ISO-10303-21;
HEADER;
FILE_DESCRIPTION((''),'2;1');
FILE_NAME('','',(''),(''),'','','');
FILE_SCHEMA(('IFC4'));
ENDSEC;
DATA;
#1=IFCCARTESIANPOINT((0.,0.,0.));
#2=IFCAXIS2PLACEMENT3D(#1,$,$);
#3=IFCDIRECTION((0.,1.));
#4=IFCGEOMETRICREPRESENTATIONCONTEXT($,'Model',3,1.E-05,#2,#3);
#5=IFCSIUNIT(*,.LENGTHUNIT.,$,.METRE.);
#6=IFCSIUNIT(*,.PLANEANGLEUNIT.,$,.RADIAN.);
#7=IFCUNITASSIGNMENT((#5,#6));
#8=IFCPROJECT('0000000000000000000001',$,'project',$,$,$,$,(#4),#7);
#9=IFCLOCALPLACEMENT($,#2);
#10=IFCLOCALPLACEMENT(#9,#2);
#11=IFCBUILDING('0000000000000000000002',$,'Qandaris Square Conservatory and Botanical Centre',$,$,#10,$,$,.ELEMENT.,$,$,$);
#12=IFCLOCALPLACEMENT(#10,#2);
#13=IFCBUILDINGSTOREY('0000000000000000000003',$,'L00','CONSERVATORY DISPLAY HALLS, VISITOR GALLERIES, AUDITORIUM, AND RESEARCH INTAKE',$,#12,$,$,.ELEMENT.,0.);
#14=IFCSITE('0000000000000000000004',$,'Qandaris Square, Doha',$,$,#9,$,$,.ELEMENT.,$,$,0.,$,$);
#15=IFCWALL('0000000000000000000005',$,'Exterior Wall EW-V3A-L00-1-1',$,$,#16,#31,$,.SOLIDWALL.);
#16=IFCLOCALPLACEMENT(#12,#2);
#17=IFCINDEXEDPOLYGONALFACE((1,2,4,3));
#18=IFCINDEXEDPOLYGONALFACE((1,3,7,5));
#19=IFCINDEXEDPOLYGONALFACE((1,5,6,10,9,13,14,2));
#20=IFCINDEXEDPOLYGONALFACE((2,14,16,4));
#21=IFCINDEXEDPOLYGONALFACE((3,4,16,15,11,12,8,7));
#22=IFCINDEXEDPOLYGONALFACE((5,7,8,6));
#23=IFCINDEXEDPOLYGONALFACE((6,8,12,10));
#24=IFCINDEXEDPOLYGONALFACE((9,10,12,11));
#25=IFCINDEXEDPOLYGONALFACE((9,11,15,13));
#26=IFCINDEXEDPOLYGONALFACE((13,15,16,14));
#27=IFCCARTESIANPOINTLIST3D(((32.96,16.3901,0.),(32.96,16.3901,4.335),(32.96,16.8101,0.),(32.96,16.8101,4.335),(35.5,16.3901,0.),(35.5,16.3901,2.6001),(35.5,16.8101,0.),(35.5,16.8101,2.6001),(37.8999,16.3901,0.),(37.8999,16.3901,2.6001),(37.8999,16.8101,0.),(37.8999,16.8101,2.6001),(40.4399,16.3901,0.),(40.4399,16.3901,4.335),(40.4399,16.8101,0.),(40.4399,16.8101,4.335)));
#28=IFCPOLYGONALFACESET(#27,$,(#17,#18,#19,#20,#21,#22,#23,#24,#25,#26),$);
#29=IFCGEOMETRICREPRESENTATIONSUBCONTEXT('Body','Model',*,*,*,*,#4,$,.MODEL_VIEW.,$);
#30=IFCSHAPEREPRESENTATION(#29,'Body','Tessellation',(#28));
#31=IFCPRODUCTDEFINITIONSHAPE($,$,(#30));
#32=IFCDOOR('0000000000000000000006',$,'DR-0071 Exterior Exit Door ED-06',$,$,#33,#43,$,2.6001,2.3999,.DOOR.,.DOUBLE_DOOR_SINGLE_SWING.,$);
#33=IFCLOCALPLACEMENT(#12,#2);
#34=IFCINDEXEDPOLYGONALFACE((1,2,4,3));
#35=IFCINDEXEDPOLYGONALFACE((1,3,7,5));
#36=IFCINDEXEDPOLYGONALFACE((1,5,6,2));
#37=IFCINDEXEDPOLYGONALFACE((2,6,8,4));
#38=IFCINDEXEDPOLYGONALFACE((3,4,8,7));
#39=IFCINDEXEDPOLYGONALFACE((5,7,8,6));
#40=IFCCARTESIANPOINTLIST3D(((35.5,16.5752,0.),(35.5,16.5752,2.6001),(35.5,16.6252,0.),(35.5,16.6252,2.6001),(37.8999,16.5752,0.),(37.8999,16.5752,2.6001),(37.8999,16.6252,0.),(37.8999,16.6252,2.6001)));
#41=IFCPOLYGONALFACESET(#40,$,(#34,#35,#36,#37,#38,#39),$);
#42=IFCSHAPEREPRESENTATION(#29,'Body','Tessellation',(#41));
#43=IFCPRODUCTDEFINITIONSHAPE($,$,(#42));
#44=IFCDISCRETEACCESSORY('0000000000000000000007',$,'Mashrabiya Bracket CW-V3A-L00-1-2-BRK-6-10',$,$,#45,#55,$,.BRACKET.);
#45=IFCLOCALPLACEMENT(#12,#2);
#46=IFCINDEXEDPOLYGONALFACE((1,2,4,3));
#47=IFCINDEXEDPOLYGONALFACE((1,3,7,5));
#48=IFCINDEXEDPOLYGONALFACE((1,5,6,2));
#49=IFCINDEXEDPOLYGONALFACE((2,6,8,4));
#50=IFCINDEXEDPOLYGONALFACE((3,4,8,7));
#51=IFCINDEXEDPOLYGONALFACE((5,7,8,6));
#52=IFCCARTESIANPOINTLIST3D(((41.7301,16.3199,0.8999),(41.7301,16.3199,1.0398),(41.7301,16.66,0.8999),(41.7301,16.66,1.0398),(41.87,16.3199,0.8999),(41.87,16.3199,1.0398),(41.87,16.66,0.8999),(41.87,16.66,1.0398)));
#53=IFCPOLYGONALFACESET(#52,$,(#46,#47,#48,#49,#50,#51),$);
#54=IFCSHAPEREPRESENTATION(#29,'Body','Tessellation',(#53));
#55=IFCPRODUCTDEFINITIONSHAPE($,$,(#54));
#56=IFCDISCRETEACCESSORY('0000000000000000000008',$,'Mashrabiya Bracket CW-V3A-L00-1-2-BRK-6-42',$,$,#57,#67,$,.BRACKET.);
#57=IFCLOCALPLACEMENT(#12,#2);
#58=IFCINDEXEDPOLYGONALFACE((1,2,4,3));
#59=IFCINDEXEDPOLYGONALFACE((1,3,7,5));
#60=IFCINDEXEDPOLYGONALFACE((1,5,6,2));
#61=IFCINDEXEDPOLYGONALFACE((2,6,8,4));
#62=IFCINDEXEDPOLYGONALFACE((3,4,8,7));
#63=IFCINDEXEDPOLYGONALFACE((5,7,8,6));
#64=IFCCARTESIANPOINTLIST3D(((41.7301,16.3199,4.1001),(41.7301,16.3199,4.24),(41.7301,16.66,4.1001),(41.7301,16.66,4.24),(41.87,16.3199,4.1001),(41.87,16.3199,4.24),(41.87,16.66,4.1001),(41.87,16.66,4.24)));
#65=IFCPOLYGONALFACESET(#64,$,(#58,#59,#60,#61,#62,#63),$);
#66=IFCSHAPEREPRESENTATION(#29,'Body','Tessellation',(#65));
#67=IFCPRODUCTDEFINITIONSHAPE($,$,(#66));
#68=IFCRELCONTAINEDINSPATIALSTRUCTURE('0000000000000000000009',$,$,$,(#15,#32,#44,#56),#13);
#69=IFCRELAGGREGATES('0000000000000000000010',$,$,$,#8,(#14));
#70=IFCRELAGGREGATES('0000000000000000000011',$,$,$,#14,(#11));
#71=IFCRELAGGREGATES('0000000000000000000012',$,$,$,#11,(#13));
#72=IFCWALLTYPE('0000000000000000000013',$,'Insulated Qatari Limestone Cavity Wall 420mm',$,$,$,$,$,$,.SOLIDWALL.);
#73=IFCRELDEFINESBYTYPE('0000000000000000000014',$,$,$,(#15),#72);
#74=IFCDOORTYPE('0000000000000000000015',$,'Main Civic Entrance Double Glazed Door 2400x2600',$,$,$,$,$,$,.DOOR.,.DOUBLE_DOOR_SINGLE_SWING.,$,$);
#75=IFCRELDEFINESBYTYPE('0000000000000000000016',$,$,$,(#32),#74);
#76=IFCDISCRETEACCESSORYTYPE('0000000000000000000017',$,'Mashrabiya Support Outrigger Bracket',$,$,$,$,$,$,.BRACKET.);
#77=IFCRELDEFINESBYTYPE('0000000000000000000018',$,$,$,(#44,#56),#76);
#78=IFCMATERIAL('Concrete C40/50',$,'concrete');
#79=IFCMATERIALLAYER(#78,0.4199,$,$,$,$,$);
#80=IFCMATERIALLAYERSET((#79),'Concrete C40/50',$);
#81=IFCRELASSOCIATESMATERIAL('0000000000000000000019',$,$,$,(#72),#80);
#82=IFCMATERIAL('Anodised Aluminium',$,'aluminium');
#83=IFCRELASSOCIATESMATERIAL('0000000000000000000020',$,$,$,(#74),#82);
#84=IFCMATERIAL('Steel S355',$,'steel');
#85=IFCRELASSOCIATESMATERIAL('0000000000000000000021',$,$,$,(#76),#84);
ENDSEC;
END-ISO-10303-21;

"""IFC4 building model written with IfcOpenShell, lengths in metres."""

from ifc_helpers import new_model, si_unit, direction, frame, frame_2d, origin, origin_2d, place, context, subcontext, project, spatial, rectangle, extrude, material, layer, layer_set, type_object, element, fill, save


model = new_model("IFC4")

# Units and contexts
model_context = context("Model", 3, precision=1e-05, world=origin(), true_north=direction((0.0, 1.0)))
body_context = subcontext(model_context, "Body", "Model", "MODEL_VIEW")
ifc_project = project(units=[si_unit("LENGTHUNIT", "METRE"), si_unit("PLANEANGLEUNIT", "RADIAN")], contexts=[model_context])

# Site, building, storey
site_placement = place(None, origin())
site = spatial("IfcSite", under=ifc_project, at=site_placement, Name="Qandaris Square, Doha", CompositionType="ELEMENT", RefElevation=0.0)
building_placement = place(site_placement, origin())
building = spatial("IfcBuilding", under=site, at=building_placement, Name="Qandaris Square Conservatory and Botanical Centre", CompositionType="ELEMENT")
storey_placement = place(building_placement, origin())
storey = spatial("IfcBuildingStorey", under=building, at=storey_placement, Name="L00", Description="CONSERVATORY DISPLAY HALLS, VISITOR GALLERIES, AUDITORIUM, AND RESEARCH INTAKE", CompositionType="ELEMENT", Elevation=0.0)

# Shared definitions
ifc_material_1 = material(Name="Concrete C40/50", Category="concrete")

# Shared definitions
ifc_material_2 = material(Name="Anodised Aluminium", Category="aluminium")

# Wall, opening, door
ifc_layer_1 = layer(ifc_material_1, 0.4199)
ifc_layer_set_1 = layer_set([ifc_layer_1], Name="Concrete C40/50")
wall_type = type_object("IfcWallType", Name="Insulated Qatari Limestone Cavity Wall 420mm", PredefinedType="SOLIDWALL", material=ifc_layer_set_1)
wall_placement = place(storey_placement, frame((32.96, 16.6001, 0.0), z_axis=(0.0, 0.0, 1.0), x_axis=(1.0, 0.0, 0.0)))
wall = element("IfcWall", 1, at=wall_placement, inside=storey, type_object=wall_type, Name="Exterior Wall EW-V3A-L00-1-1", PredefinedType="SOLIDWALL", context=body_context, shape_type="SweptSolid", body=[
    extrude(rectangle(XDim=7.48, YDim=0.4199, at=frame_2d((3.74, 0.0))), origin(), (0.0, 0.0, 1.0), 4.335),
])
opening_placement = place(wall_placement, frame((2.54, 0.0, 0.0)))
opening = element("IfcOpeningElement", 2, at=opening_placement, cuts=wall, PredefinedType="OPENING", context=body_context, shape_type="SweptSolid", body=[
    extrude(rectangle(XDim=2.3999, YDim=2.6001, at=frame_2d((1.2, 1.3))), frame((0.0, 0.2219, 0.0), z_axis=(0.0, -1.0, 0.0), x_axis=(1.0, 0.0, 0.0)), (0.0, 0.0, 1.0), 0.4438),
])
door_type = type_object("IfcDoorType", Name="Main Civic Entrance Double Glazed Door 2400x2600", OperationType="DOUBLE_DOOR_SINGLE_SWING", PredefinedType="DOOR", material=ifc_material_2)
door_placement = place(opening_placement, frame((2.3999, 0.0, 0.0), z_axis=(0.0, 0.0, 1.0), x_axis=(-1.0, 0.0, 0.0)))
door = element("IfcDoor", 3, at=door_placement, inside=storey, type_object=door_type, Name="DR-0071 Exterior Exit Door ED-06", OperationType="DOUBLE_DOOR_SINGLE_SWING", OverallHeight=2.6001, OverallWidth=2.3999, PredefinedType="DOOR", context=body_context, shape_type="SweptSolid", body=[
    extrude(rectangle(XDim=2.3999, YDim=2.6001, at=frame_2d((1.2, 1.3))), frame((0.0, 0.0249, 0.0), z_axis=(0.0, -1.0, 0.0), x_axis=(1.0, 0.0, 0.0)), (0.0, 0.0, 1.0), 0.05),
])
fill(opening, door)

# Discrete accessories
ifc_material_3 = material(Name="Steel S355", Category="steel")
discrete_accessory_type = type_object("IfcDiscreteAccessoryType", Name="Mashrabiya Support Outrigger Bracket", PredefinedType="BRACKET", material=ifc_material_3)
for number, where, z_axis, x_axis, name in (
    (4, (41.8, 16.49, 0.8999), (0.0, 0.0, 1.0), (1.0, 0.0, 0.0), "Mashrabiya Bracket CW-V3A-L00-1-2-BRK-6-10"),
    (5, (41.8, 16.49, 4.1001), (0.0, 0.0, 1.0), (1.0, 0.0, 0.0), "Mashrabiya Bracket CW-V3A-L00-1-2-BRK-6-42"),
):
    element("IfcDiscreteAccessory", number, at=place(storey_placement, frame(where, z_axis=z_axis, x_axis=x_axis)), inside=storey, type_object=discrete_accessory_type, Name=name, PredefinedType="BRACKET", context=body_context, shape_type="SweptSolid", body=[
        extrude(rectangle(XDim=0.1399, YDim=0.3401, at=origin_2d()), origin(), (0.0, 0.0, 1.0), 0.1399),
    ])

save(model, "model.ifc")
